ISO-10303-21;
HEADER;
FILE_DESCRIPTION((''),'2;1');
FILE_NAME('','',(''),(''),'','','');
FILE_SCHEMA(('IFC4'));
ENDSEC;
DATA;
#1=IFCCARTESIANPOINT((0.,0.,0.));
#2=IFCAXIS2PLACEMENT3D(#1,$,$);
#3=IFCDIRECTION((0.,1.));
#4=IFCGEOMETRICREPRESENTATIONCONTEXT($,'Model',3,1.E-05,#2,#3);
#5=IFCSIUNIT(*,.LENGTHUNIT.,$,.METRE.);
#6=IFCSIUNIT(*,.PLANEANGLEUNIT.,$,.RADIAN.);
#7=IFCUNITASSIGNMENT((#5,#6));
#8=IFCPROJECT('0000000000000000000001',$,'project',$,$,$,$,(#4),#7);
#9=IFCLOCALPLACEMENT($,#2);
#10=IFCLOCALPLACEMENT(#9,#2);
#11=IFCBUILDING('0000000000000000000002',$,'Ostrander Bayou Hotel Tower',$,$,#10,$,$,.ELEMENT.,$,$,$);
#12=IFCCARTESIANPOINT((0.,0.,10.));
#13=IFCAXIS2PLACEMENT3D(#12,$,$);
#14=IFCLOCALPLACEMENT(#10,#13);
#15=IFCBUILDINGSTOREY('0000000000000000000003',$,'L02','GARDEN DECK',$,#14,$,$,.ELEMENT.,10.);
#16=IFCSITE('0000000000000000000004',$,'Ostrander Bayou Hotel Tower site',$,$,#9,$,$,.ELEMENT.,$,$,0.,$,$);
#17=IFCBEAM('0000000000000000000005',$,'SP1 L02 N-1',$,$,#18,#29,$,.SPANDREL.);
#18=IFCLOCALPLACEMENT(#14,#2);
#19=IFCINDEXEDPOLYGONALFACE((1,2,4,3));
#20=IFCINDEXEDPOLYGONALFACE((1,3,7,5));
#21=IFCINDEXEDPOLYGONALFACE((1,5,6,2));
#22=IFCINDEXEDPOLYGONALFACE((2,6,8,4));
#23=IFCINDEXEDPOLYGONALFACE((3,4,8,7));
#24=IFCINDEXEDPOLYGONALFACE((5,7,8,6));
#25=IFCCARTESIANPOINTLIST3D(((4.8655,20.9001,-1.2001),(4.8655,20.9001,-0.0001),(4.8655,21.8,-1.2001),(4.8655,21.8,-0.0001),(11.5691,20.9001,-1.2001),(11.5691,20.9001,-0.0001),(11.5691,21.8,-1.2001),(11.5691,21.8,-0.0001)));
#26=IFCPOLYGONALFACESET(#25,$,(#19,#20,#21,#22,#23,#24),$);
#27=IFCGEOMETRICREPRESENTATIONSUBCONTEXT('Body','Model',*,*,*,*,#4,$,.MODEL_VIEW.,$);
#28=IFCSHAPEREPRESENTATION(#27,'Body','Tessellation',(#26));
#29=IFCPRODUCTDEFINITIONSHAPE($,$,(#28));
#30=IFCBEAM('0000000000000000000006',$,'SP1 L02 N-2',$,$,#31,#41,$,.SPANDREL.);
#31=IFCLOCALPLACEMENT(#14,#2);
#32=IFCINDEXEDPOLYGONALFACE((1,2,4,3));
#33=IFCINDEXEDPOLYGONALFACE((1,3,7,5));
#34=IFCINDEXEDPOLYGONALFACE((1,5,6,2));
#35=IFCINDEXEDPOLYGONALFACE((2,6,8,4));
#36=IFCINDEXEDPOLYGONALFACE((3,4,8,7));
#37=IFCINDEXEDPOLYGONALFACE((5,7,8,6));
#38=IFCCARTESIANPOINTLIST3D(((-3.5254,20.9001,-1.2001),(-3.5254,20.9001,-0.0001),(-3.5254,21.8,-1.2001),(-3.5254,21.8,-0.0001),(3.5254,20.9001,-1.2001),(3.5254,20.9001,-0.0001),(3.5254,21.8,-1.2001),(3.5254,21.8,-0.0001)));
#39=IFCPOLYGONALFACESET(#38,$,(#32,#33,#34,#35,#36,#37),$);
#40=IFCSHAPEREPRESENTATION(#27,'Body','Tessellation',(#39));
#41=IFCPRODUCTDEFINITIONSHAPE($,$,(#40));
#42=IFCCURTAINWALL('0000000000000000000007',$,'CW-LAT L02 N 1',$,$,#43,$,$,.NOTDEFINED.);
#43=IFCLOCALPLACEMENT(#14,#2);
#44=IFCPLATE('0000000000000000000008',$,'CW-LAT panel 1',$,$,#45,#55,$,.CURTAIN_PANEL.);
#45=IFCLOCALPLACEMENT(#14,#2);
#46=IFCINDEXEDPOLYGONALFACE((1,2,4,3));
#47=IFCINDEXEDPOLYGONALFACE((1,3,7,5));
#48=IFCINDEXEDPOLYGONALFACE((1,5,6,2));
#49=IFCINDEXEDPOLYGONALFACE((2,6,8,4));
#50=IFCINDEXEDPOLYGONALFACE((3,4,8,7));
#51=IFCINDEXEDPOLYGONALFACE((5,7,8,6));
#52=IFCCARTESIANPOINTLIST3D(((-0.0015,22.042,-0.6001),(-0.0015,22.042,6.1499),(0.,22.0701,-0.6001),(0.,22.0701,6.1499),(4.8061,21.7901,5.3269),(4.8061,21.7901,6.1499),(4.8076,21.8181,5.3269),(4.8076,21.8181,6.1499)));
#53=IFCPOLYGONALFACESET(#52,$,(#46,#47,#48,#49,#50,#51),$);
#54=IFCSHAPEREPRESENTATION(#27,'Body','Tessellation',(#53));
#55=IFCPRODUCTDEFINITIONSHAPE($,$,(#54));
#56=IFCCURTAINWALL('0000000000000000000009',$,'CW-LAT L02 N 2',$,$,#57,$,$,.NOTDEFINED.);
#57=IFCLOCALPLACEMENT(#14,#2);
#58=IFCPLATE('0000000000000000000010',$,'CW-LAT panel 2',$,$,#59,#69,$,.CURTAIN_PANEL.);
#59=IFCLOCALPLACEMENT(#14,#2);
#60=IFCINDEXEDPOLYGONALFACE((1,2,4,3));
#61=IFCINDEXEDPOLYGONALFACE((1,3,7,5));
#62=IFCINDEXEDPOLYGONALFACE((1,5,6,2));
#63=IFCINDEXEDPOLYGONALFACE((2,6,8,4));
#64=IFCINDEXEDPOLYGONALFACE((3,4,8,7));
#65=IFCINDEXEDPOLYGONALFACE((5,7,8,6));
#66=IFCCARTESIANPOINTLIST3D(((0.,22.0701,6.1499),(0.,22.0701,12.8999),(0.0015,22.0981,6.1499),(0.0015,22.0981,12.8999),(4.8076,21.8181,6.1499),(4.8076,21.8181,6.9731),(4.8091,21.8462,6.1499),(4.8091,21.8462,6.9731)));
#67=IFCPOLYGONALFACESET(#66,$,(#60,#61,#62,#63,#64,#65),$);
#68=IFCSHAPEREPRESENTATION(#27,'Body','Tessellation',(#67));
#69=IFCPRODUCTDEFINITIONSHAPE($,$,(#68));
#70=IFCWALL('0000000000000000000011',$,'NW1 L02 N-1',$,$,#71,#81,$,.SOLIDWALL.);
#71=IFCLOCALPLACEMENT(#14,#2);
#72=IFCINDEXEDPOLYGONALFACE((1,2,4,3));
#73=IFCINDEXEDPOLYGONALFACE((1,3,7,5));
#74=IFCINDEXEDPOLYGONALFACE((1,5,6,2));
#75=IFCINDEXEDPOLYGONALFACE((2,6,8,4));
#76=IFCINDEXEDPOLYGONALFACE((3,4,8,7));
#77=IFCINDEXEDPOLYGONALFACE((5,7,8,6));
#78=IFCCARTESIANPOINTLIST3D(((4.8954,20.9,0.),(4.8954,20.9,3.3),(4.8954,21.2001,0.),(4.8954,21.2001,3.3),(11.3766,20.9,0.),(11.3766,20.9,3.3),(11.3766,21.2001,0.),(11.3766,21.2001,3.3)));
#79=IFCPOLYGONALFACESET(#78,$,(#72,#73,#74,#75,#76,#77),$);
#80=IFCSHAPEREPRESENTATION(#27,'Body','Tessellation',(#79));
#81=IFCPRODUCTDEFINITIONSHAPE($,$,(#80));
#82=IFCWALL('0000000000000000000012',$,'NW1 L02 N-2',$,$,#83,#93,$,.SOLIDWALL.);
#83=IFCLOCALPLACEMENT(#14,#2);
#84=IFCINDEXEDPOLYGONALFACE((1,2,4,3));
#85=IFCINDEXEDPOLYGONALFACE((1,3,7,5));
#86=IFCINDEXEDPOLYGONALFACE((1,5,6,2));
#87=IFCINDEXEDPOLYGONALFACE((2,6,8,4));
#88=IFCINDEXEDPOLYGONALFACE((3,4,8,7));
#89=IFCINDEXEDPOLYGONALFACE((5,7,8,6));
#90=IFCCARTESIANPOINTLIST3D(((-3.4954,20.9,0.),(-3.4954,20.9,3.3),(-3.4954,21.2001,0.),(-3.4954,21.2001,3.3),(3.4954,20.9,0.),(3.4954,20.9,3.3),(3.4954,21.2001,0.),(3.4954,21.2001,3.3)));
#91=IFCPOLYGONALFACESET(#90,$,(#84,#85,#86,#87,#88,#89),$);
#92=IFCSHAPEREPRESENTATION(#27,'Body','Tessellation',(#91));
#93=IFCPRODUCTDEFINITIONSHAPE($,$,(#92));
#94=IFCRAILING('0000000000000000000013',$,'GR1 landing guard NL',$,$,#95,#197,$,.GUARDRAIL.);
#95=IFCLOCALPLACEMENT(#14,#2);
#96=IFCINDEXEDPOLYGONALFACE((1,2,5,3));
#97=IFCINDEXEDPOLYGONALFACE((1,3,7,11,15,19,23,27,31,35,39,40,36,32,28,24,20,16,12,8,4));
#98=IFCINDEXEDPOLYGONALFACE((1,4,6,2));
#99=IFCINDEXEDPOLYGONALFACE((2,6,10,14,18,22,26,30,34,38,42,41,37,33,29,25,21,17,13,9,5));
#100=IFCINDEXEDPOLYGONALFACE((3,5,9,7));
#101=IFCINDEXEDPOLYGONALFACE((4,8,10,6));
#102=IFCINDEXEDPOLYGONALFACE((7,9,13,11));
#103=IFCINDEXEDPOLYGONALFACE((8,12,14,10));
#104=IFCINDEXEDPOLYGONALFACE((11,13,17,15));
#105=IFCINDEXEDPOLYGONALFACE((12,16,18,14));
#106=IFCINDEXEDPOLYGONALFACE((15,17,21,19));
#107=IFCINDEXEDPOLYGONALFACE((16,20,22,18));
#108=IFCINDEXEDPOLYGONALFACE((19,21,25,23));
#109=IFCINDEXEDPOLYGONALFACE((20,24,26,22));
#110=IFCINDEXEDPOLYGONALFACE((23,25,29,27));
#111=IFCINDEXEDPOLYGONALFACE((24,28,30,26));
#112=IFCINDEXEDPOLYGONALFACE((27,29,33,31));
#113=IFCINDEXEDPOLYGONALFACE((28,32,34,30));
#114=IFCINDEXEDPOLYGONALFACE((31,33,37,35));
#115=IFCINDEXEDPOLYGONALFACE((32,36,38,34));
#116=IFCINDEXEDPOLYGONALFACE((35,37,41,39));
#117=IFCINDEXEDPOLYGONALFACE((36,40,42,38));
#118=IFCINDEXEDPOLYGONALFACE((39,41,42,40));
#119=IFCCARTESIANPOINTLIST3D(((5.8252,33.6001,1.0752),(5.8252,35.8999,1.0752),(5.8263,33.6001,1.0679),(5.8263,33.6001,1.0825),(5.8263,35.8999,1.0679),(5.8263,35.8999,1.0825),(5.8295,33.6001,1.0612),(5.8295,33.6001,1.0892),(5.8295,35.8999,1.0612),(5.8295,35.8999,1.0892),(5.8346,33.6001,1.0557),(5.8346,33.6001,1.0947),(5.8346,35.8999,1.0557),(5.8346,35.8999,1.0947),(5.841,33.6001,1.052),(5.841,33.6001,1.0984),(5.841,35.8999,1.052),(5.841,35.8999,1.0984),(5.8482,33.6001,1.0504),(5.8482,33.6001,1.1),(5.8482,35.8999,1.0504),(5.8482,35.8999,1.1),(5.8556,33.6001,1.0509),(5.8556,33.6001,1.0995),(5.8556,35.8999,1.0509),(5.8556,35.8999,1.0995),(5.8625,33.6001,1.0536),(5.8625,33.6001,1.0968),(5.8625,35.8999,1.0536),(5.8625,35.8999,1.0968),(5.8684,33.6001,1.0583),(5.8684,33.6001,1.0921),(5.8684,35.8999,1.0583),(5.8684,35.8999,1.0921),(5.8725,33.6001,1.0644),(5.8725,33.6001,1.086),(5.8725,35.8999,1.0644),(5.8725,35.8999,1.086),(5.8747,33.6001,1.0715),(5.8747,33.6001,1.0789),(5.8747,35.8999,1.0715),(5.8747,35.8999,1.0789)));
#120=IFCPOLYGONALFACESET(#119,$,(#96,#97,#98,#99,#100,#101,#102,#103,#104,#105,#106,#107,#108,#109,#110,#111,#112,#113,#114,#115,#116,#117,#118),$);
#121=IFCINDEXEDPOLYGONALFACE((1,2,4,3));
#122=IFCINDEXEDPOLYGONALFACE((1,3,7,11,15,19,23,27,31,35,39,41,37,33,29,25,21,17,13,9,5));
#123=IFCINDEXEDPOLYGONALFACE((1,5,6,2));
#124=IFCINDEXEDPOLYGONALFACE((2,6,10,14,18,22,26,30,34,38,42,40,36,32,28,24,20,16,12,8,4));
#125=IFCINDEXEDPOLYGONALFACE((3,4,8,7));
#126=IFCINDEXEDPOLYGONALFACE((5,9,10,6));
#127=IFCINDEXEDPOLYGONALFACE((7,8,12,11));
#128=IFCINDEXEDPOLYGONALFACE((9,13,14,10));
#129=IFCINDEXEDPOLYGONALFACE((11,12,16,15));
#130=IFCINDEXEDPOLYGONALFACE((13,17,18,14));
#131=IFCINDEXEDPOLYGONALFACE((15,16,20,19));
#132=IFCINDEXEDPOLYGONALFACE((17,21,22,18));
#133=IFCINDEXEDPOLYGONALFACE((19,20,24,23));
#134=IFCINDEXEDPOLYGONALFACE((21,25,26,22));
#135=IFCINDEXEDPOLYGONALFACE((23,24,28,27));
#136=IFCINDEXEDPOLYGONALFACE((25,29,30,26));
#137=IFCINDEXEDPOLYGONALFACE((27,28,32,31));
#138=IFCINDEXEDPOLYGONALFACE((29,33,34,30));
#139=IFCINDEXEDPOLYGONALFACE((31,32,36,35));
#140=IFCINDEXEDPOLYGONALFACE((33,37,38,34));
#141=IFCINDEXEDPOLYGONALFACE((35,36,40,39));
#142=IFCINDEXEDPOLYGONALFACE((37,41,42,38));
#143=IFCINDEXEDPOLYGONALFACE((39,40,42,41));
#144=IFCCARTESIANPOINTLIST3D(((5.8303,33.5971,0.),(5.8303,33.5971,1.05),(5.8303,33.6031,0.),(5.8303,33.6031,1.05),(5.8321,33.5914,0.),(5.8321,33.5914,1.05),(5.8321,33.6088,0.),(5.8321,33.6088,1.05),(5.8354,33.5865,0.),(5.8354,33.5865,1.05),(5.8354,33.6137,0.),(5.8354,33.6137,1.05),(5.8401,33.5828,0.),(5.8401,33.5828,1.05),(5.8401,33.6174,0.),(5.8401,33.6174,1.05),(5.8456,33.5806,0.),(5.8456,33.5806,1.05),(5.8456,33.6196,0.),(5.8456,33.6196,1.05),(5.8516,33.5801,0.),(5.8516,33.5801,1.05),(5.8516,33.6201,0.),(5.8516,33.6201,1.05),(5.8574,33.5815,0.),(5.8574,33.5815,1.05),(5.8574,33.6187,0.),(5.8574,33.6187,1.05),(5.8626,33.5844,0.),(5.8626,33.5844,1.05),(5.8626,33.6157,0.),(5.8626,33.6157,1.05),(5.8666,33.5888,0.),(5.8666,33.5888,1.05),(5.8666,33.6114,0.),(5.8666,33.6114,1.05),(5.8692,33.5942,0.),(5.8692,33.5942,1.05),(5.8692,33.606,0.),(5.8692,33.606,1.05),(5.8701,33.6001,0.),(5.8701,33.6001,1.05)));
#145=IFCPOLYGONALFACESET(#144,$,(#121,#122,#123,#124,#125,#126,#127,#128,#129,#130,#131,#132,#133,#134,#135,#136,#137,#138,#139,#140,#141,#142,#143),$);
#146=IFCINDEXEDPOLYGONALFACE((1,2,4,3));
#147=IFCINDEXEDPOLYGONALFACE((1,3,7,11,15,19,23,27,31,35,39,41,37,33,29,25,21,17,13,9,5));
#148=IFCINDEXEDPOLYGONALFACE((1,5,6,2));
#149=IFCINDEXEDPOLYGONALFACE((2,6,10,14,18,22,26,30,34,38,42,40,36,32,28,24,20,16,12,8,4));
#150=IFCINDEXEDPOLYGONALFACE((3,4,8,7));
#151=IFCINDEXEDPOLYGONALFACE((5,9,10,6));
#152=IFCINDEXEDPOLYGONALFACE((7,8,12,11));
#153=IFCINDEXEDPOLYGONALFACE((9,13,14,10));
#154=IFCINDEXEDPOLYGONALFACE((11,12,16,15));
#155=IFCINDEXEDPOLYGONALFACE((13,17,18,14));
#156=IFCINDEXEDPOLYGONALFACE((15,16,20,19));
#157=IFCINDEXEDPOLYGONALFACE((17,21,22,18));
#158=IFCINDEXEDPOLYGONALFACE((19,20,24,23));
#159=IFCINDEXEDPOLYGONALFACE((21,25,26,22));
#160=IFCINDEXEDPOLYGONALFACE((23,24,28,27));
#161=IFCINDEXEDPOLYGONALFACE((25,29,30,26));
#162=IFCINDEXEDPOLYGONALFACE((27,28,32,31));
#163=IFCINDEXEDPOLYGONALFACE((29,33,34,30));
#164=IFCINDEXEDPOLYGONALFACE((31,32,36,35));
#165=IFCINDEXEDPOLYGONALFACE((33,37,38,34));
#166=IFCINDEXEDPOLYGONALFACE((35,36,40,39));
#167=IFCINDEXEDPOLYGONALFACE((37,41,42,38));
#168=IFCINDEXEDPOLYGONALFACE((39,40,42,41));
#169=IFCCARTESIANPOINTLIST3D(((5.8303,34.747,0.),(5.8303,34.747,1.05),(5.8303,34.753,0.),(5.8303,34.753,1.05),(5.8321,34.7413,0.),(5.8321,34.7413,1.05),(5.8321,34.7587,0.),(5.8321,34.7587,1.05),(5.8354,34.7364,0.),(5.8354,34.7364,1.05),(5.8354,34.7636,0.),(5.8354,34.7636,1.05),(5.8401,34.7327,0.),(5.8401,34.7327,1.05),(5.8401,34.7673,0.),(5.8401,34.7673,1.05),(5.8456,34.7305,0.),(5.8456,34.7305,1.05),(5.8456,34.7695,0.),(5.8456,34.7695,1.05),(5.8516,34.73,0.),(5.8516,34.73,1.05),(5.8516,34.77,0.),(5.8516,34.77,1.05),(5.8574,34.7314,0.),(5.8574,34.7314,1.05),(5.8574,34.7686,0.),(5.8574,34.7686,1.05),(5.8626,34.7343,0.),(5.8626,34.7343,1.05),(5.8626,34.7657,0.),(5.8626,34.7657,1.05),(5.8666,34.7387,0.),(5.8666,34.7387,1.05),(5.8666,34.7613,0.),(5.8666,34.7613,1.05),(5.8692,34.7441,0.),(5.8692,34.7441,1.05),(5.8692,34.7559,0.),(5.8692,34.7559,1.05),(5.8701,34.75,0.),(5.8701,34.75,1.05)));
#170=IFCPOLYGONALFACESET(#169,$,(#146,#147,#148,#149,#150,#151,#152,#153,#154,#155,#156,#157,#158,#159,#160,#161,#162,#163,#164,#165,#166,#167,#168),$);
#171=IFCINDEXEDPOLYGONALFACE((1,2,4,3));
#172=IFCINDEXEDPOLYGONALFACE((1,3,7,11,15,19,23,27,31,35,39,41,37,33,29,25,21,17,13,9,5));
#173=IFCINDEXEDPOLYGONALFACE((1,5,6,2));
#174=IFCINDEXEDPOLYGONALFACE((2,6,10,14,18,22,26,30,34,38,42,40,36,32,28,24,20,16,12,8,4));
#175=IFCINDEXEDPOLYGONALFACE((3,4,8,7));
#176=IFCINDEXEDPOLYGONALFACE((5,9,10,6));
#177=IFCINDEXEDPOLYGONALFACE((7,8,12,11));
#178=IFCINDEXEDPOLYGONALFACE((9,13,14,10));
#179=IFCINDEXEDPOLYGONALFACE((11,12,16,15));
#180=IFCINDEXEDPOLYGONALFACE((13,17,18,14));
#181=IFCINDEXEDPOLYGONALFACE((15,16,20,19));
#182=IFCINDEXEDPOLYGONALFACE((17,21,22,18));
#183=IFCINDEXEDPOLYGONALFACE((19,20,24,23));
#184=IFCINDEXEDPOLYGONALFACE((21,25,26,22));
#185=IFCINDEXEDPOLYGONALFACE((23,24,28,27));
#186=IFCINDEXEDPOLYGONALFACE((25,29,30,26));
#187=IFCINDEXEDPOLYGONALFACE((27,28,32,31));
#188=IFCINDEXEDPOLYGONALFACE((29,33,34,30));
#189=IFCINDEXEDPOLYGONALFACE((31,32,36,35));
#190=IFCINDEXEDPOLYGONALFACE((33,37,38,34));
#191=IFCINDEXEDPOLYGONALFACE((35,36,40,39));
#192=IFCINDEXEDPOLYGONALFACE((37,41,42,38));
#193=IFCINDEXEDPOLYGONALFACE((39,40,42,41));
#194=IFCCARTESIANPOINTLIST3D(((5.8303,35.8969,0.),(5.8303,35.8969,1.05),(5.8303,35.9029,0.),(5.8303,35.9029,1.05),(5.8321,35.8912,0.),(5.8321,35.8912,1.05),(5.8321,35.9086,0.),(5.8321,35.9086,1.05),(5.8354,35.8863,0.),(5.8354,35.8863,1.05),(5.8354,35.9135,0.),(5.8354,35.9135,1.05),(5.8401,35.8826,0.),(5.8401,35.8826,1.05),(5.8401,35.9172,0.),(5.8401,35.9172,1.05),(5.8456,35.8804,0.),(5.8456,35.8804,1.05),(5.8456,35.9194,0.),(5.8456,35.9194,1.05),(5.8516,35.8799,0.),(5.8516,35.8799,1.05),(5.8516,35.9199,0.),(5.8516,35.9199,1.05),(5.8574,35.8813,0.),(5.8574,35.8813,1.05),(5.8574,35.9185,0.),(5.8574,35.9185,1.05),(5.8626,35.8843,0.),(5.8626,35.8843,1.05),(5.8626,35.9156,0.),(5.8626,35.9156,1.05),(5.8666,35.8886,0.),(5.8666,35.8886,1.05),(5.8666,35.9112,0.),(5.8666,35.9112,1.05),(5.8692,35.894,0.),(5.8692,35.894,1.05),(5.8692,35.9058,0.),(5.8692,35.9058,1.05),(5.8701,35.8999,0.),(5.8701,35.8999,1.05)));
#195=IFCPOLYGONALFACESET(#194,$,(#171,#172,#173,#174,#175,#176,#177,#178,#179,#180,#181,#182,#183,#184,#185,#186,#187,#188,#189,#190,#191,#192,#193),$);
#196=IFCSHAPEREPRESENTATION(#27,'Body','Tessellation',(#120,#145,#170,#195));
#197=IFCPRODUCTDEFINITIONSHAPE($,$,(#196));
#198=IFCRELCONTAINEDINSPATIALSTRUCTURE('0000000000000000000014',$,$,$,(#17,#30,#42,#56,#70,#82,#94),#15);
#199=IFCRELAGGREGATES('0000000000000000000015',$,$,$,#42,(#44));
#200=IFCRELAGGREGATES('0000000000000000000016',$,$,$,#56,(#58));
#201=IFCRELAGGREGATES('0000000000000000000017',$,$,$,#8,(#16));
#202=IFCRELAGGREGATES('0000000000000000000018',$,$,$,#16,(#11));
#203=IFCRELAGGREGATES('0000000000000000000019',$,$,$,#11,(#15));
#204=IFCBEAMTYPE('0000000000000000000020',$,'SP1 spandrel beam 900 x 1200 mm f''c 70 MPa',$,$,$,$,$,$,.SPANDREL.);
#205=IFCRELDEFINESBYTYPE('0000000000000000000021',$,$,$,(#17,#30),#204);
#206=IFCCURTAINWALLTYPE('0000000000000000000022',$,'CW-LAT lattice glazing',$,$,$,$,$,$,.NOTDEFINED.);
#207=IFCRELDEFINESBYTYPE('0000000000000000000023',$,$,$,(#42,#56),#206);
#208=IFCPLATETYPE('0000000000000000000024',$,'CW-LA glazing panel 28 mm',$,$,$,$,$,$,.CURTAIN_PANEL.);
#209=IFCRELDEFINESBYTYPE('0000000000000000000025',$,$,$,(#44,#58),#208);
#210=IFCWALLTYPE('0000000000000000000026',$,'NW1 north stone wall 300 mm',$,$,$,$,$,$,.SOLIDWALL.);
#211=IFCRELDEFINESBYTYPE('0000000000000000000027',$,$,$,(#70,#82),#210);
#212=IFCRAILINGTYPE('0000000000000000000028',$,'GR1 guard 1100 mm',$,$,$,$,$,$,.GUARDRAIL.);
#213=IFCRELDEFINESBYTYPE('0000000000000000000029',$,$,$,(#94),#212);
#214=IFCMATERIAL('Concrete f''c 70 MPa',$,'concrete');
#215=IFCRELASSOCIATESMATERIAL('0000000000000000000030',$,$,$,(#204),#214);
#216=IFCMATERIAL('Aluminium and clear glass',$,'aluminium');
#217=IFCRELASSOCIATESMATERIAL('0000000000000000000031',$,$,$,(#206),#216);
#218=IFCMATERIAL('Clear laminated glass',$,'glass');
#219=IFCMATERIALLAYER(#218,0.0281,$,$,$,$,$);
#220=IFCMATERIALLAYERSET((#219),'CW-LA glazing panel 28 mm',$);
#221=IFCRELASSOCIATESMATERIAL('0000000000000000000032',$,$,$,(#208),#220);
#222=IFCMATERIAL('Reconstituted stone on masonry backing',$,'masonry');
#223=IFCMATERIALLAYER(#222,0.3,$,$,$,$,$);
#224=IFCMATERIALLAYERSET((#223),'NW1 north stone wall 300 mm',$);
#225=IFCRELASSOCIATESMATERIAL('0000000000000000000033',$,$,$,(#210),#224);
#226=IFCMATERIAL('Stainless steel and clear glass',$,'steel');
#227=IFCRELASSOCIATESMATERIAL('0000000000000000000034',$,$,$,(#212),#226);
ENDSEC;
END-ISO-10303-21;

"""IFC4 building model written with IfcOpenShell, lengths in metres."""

from ifc_helpers import new_model, si_unit, direction, frame, frame_2d, origin, origin_2d, place, context, subcontext, project, spatial, polyline, rectangle, circle, outline, extrude, material, layer, layer_set, material_profile, profile_set, type_object, element, aggregate, save


model = new_model("IFC4")

# Units and contexts
model_context = context("Model", 3, precision=1e-05, world=origin(), true_north=direction((0.0, 1.0)))
body_context = subcontext(model_context, "Body", "Model", "MODEL_VIEW")
ifc_project = project(units=[si_unit("LENGTHUNIT", "METRE"), si_unit("PLANEANGLEUNIT", "RADIAN")], contexts=[model_context])

# Site, building, storey
site_placement = place(None, origin())
site = spatial("IfcSite", under=ifc_project, at=site_placement, Name="Ostrander Bayou Hotel Tower site", CompositionType="ELEMENT", RefElevation=0.0)
building_placement = place(site_placement, origin())
building = spatial("IfcBuilding", under=site, at=building_placement, Name="Ostrander Bayou Hotel Tower", CompositionType="ELEMENT")
storey_placement = place(building_placement, frame((0.0, 0.0, 10.0)))
storey = spatial("IfcBuildingStorey", under=building, at=storey_placement, Name="L02", Description="GARDEN DECK", CompositionType="ELEMENT", Elevation=10.0)

# Beams
ifc_material_1 = material(Name="Concrete f'c 70 MPa", Category="concrete")
ifc_material_profile_1 = material_profile(ifc_material_1, rectangle(XDim=0.8999, YDim=1.2, at=origin_2d()))
ifc_profile_set_1 = profile_set([ifc_material_profile_1], Name="Concrete f'c 70 MPa")
beam_type = type_object("IfcBeamType", Name="SP1 spandrel beam 900 x 1200 mm f'c 70 MPa", PredefinedType="SPANDREL", material=ifc_profile_set_1)
beam_1_placement = place(storey_placement, frame((11.5691, 21.3501, -0.6001), z_axis=(-1.0, 0.0, 0.0), x_axis=(0.0, -1.0, 0.0)))
element("IfcBeam", 1, at=beam_1_placement, inside=storey, type_object=beam_type, Name="SP1 L02 N-1", PredefinedType="SPANDREL", context=body_context, shape_type="SweptSolid", body=[
    extrude(rectangle(XDim=0.8999, YDim=1.2, at=origin_2d()), origin(), (0.0, 0.0, 1.0), 6.7036),
])
beam_2_placement = place(storey_placement, frame((3.5254, 21.3501, -0.6001), z_axis=(-1.0, 0.0, 0.0), x_axis=(0.0, -1.0, 0.0)))
element("IfcBeam", 2, at=beam_2_placement, inside=storey, type_object=beam_type, Name="SP1 L02 N-2", PredefinedType="SPANDREL", context=body_context, shape_type="SweptSolid", body=[
    extrude(rectangle(XDim=0.8999, YDim=1.2, at=origin_2d()), origin(), (0.0, 0.0, 1.0), 7.0508),
])

# Curtain walls, plates
ifc_material_2 = material(Name="Aluminium and clear glass", Category="aluminium")
curtain_wall_type = type_object("IfcCurtainWallType", Name="CW-LAT lattice glazing", PredefinedType="NOTDEFINED", material=ifc_material_2)
curtain_wall_1_placement = place(storey_placement, origin())
curtain_wall_1 = element("IfcCurtainWall", 3, at=curtain_wall_1_placement, inside=storey, type_object=curtain_wall_type, Name="CW-LAT L02 N 1", PredefinedType="NOTDEFINED")
ifc_material_3 = material(Name="Clear laminated glass", Category="glass")
ifc_layer_1 = layer(ifc_material_3, 0.0281)
ifc_layer_set_1 = layer_set([ifc_layer_1], Name="CW-LA glazing panel 28 mm")
plate_type = type_object("IfcPlateType", Name="CW-LA glazing panel 28 mm", PredefinedType="CURTAIN_PANEL", material=ifc_layer_set_1)
plate_1_placement = place(storey_placement, frame((4.8076, 21.8181, 5.3269), z_axis=(0.052335, 0.99863, 0.0), x_axis=(-0.629612, 0.032996, -0.776208)))
plate_1 = element("IfcPlate", 4, at=plate_1_placement, type_object=plate_type, Name="CW-LAT panel 1", PredefinedType="CURTAIN_PANEL", context=body_context, shape_type="SweptSolid", body=[
    extrude(outline(polyline([(0.0, 0.0), (7.6358, 0.0), (2.3964, 4.2557), (-0.6388, 0.5189), (0.0, 0.0)])), origin(), (0.0, 0.0, -1.0), 0.0281),
])
aggregate(curtain_wall_1, [plate_1])
curtain_wall_2_placement = place(storey_placement, origin())
curtain_wall_2 = element("IfcCurtainWall", 5, at=curtain_wall_2_placement, inside=storey, type_object=curtain_wall_type, Name="CW-LAT L02 N 2", PredefinedType="NOTDEFINED")
plate_2_placement = place(storey_placement, frame((4.8076, 21.8181, 6.9731), z_axis=(-0.052335, -0.99863, 0.0), x_axis=(-0.629628, 0.032997, 0.776196)))
plate_2 = element("IfcPlate", 6, at=plate_2_placement, type_object=plate_type, Name="CW-LAT panel 2", PredefinedType="CURTAIN_PANEL", context=body_context, shape_type="SweptSolid", body=[
    extrude(outline(polyline([(0.0, 0.0), (7.6356, 0.0), (2.3963, 4.2558), (-0.639, 0.519), (0.0, 0.0)])), origin(), (0.0, 0.0, -1.0), 0.0281),
])
aggregate(curtain_wall_2, [plate_2])

# Walls
ifc_material_4 = material(Name="Reconstituted stone on masonry backing", Category="masonry")
ifc_layer_2 = layer(ifc_material_4, 0.3)
ifc_layer_set_2 = layer_set([ifc_layer_2], Name="NW1 north stone wall 300 mm")
wall_type = type_object("IfcWallType", Name="NW1 north stone wall 300 mm", PredefinedType="SOLIDWALL", material=ifc_layer_set_2)
wall_1_placement = place(storey_placement, frame((11.3767, 21.05, 0.0), z_axis=(0.0, 0.0, 1.0), x_axis=(-1.0, 0.0, 0.0)))
element("IfcWall", 7, at=wall_1_placement, inside=storey, type_object=wall_type, Name="NW1 L02 N-1", PredefinedType="SOLIDWALL", context=body_context, shape_type="SweptSolid", body=[
    extrude(rectangle(XDim=6.4812, YDim=0.3, at=frame_2d((3.2407, 0.0))), origin(), (0.0, 0.0, 1.0), 3.3),
])
wall_2_placement = place(storey_placement, frame((3.4954, 21.05, 0.0), z_axis=(0.0, 0.0, 1.0), x_axis=(-1.0, 0.0, 0.0)))
element("IfcWall", 8, at=wall_2_placement, inside=storey, type_object=wall_type, Name="NW1 L02 N-2", PredefinedType="SOLIDWALL", context=body_context, shape_type="SweptSolid", body=[
    extrude(rectangle(XDim=6.9907, YDim=0.3, at=frame_2d((3.4954, 0.0))), origin(), (0.0, 0.0, 1.0), 3.3),
])

# Railing
ifc_material_5 = material(Name="Stainless steel and clear glass", Category="steel")
railing_type = type_object("IfcRailingType", Name="GR1 guard 1100 mm", PredefinedType="GUARDRAIL", material=ifc_material_5)
railing_1_placement = place(storey_placement, frame((5.8501, 33.6001, 0.0)))
element("IfcRailing", 9, at=railing_1_placement, inside=storey, type_object=railing_type, Name="GR1 landing guard NL", PredefinedType="GUARDRAIL", context=body_context, shape_type="SweptSolid", body=[
    extrude(circle(Radius=0.0249, at=origin_2d()), frame((0.0, 0.0, 1.0752), z_axis=(0.0, 1.0, 0.0), x_axis=(-1.0, 0.0, 0.0)), (0.0, 0.0, 1.0), 2.2998),
    extrude(circle(Radius=0.02, at=origin_2d()), origin(), (0.0, 0.0, 1.0), 1.05),
    extrude(circle(Radius=0.02, at=origin_2d()), frame((0.0, 1.1499, 0.0)), (0.0, 0.0, 1.0), 1.05),
    extrude(circle(Radius=0.02, at=origin_2d()), frame((0.0, 2.2998, 0.0)), (0.0, 0.0, 1.0), 1.05),
])

save(model, "model.ifc")
